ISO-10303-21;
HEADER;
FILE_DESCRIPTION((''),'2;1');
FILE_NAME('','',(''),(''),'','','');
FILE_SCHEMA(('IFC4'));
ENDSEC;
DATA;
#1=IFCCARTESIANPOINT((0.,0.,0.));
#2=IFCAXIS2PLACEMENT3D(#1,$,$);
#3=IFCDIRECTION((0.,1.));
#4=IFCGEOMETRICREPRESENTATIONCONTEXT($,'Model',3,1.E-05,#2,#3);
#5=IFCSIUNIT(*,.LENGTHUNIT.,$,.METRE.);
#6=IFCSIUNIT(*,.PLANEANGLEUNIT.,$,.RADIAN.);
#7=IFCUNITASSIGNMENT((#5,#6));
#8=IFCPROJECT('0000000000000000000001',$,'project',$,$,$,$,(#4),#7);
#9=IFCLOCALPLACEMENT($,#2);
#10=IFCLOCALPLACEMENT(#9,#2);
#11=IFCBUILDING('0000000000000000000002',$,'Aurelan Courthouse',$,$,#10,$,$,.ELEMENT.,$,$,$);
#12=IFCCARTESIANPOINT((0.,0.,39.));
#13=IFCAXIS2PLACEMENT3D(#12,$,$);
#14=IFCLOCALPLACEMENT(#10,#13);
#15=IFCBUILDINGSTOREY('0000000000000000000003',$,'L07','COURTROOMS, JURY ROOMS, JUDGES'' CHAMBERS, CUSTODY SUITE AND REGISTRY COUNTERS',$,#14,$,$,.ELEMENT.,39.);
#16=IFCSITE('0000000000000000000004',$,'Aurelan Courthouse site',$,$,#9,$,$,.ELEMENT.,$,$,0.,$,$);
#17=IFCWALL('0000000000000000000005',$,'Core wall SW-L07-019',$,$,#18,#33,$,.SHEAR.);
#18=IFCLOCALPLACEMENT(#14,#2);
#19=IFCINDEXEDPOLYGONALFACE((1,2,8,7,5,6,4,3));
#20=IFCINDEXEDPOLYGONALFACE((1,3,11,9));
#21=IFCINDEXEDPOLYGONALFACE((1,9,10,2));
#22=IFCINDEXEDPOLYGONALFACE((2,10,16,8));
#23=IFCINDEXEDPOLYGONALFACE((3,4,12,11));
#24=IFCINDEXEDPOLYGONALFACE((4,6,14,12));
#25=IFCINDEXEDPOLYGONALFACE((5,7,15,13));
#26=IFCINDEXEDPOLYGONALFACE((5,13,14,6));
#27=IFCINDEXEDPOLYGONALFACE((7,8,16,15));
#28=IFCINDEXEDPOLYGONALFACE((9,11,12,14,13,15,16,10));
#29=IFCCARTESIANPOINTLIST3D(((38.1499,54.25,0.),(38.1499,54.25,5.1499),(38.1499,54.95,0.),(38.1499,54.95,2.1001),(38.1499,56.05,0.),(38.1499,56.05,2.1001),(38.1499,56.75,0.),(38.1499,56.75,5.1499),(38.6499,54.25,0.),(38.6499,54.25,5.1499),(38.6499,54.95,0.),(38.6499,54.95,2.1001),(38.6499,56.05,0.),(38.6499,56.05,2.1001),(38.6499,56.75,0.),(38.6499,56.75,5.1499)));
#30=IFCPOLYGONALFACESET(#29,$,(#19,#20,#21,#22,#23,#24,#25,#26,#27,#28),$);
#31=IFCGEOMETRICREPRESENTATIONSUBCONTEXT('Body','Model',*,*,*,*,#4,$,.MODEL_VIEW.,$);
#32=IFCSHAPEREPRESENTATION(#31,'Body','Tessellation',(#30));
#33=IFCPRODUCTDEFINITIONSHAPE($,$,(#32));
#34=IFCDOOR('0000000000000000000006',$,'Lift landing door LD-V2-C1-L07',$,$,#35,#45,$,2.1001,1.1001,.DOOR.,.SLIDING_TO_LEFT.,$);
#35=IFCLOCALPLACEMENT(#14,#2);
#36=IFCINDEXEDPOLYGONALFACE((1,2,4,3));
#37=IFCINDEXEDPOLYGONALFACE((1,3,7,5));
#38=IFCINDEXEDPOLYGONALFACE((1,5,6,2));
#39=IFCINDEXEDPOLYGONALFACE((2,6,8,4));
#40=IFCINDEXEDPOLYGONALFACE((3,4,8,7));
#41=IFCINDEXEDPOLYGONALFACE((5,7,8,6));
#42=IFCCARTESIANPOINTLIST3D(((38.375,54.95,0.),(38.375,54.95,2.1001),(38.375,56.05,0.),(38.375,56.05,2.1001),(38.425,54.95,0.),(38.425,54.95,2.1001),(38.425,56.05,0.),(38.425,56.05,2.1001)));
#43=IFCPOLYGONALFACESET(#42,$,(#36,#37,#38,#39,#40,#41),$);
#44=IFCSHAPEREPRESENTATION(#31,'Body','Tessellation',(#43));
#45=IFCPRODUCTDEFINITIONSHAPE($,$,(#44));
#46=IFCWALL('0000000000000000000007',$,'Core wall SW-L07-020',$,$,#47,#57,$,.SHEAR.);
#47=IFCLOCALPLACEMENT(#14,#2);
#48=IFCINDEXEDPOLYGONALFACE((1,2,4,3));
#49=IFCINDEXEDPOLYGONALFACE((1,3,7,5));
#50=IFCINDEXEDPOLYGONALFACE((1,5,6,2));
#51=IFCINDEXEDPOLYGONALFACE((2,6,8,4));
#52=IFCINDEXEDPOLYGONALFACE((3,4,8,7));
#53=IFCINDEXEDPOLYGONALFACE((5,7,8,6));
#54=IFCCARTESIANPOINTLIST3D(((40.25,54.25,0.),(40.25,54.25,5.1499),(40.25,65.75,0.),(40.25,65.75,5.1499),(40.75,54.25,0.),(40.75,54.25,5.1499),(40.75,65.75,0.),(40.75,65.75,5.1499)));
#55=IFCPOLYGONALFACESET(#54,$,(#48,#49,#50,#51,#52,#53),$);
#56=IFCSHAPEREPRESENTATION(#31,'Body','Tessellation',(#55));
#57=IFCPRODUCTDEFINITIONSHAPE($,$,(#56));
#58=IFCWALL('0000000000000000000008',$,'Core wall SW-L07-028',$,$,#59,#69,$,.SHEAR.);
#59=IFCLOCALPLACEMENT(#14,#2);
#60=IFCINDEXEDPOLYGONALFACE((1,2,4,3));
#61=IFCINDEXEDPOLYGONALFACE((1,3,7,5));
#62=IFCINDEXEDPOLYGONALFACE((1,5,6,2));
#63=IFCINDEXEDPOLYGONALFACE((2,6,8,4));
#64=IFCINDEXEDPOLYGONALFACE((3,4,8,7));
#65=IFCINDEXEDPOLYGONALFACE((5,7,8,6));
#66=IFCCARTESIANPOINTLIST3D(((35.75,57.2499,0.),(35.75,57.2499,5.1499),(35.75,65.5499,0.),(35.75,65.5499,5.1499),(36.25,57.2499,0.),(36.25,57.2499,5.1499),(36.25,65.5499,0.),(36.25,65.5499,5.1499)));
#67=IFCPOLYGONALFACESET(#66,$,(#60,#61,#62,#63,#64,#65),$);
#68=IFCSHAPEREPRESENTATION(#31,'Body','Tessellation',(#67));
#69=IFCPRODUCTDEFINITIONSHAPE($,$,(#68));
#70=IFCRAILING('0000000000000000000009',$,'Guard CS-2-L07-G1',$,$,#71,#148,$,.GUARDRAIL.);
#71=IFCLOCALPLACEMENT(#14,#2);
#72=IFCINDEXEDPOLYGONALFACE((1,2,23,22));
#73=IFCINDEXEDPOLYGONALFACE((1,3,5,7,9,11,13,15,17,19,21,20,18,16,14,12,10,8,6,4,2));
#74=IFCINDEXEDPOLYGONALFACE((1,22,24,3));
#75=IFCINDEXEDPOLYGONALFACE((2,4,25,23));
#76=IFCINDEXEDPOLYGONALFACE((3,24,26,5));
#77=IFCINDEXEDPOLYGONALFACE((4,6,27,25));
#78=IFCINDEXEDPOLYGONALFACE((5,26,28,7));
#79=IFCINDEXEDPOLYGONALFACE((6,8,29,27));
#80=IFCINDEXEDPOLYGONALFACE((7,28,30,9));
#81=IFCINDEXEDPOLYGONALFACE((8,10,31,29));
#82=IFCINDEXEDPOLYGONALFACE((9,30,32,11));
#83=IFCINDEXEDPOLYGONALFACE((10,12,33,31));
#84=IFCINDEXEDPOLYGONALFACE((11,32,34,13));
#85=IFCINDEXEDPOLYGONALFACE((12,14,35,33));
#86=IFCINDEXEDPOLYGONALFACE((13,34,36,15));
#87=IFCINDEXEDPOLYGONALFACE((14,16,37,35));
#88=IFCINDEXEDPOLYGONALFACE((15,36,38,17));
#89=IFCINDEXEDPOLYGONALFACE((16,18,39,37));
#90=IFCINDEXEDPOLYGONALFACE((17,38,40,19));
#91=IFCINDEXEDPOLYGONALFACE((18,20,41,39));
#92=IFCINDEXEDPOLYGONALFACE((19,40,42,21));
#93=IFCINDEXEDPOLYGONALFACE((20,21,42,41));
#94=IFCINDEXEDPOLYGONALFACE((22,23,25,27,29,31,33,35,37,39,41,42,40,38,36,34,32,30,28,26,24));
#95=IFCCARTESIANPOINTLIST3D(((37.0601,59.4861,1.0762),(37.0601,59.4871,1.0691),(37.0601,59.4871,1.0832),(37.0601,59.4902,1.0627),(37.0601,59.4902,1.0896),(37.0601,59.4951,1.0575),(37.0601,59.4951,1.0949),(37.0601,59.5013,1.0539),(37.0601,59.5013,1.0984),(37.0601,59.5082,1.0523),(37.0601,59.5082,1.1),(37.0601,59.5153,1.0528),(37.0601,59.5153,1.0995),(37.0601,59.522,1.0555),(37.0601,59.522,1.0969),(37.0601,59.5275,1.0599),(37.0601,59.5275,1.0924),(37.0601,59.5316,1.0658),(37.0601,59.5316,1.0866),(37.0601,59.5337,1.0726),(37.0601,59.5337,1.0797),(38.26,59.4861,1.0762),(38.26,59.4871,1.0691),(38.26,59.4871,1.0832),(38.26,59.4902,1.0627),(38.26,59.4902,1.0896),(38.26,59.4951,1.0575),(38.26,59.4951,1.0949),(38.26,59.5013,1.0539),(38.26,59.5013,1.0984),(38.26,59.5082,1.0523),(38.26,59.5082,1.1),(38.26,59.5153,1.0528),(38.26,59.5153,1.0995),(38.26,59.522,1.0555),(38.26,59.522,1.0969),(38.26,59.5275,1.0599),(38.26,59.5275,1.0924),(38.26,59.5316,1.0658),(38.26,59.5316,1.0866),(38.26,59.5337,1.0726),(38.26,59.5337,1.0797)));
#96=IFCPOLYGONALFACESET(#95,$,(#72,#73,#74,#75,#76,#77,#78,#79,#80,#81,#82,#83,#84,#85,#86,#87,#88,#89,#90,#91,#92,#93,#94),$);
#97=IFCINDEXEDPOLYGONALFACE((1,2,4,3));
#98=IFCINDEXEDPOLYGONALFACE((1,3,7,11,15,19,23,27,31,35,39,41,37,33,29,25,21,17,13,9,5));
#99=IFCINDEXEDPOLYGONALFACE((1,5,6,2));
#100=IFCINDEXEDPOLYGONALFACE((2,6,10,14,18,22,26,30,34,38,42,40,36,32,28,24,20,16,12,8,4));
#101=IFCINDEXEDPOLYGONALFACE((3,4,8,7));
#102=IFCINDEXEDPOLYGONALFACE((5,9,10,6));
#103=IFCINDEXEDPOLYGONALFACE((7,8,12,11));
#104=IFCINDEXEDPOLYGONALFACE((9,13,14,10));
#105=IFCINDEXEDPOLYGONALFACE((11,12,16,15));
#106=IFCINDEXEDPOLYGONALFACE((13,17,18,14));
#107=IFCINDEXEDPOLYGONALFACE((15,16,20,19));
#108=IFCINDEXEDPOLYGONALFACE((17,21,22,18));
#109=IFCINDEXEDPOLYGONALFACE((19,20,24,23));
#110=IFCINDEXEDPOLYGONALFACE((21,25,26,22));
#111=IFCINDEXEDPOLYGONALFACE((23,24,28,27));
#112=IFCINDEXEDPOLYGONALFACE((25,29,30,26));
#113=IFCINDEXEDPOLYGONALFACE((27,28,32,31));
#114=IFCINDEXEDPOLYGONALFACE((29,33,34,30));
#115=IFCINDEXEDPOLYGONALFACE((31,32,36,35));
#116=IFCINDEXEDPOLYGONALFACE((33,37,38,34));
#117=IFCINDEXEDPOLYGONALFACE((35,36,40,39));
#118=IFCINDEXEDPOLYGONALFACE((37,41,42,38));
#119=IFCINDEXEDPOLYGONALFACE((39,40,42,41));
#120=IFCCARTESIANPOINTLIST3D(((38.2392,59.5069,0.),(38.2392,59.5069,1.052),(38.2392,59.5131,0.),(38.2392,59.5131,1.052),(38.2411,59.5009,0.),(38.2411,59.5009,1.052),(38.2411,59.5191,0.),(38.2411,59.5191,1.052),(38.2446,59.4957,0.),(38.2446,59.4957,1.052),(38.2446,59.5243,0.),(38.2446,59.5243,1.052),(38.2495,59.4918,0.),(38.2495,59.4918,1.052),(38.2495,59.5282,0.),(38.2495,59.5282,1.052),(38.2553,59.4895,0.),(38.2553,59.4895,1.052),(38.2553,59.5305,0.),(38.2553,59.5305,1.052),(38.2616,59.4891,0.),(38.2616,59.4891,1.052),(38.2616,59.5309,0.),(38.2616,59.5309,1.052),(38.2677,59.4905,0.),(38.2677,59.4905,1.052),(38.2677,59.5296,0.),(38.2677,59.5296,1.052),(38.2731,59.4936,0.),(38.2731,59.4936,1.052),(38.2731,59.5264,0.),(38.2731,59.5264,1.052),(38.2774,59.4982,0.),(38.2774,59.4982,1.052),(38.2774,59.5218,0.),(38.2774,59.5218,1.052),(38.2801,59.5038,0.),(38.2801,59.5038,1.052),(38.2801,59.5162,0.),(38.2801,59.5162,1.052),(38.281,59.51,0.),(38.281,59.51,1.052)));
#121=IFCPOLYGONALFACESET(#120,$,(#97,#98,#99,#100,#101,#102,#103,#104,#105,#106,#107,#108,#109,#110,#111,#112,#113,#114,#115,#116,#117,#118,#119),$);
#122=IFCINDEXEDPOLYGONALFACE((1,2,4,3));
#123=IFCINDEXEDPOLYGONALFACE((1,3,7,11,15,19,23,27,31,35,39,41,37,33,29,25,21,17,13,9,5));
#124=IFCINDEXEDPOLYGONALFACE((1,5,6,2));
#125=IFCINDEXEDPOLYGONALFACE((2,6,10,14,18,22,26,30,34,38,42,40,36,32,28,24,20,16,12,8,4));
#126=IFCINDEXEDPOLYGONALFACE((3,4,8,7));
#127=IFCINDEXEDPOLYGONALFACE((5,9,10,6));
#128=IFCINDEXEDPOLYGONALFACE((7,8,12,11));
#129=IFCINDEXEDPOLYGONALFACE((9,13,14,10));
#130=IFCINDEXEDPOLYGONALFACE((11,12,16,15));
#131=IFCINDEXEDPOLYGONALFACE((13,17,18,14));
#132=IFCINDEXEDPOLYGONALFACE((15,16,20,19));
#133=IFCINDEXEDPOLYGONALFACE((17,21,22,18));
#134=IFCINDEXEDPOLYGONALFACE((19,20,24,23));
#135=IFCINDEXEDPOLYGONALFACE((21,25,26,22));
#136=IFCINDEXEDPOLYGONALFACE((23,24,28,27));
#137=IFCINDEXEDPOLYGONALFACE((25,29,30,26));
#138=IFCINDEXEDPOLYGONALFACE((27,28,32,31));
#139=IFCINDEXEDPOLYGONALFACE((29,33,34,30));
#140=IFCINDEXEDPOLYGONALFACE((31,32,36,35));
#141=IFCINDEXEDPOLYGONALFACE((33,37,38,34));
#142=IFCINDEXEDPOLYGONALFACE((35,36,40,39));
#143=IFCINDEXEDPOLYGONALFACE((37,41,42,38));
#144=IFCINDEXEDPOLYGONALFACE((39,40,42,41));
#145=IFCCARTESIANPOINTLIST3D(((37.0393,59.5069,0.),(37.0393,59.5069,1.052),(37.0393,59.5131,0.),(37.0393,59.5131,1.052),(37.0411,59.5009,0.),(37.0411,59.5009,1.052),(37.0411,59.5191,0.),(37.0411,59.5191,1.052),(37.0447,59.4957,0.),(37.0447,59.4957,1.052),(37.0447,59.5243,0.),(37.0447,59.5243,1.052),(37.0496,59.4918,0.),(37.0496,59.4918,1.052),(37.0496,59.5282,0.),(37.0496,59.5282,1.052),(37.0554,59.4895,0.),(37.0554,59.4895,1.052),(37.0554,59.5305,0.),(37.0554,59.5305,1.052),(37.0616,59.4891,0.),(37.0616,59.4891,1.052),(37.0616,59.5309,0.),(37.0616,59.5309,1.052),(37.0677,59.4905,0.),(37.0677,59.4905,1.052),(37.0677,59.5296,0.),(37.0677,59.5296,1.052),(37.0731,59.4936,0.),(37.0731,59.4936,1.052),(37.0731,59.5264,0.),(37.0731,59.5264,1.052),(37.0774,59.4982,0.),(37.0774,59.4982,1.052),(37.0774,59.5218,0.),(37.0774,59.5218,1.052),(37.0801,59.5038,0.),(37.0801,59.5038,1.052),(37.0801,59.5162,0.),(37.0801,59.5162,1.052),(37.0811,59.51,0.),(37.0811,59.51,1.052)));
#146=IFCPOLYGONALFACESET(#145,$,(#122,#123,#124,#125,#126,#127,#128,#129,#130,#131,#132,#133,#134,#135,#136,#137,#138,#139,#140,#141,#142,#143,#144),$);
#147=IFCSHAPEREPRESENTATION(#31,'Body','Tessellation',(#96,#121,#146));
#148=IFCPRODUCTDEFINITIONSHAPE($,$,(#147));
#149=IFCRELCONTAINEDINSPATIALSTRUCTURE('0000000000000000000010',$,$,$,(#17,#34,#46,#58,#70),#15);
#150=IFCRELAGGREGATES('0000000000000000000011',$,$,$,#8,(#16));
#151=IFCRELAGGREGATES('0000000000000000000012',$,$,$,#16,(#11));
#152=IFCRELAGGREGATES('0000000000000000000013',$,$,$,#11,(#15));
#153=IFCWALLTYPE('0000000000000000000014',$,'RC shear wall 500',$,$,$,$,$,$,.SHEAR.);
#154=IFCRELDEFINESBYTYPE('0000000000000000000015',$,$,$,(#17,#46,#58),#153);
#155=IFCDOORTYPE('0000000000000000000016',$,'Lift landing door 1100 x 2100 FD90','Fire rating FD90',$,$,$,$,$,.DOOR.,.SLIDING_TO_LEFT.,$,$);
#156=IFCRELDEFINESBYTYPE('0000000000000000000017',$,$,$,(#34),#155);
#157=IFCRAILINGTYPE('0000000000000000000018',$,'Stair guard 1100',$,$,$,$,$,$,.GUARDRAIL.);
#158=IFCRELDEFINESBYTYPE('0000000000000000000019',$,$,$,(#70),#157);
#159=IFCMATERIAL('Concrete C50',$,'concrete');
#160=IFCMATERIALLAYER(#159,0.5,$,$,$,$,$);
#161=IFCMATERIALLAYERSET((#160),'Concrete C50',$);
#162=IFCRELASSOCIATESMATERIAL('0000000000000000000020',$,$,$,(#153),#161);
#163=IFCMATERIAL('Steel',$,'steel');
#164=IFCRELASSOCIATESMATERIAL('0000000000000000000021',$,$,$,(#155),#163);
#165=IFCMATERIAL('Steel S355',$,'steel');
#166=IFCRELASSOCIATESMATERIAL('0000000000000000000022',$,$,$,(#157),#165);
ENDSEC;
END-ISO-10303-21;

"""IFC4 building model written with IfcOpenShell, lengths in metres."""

from ifc_helpers import new_model, si_unit, direction, frame, frame_2d, origin, origin_2d, place, context, subcontext, project, spatial, rectangle, circle, extrude, material, layer, layer_set, type_object, element, fill, save


model = new_model("IFC4")

# Units and contexts
model_context = context("Model", 3, precision=1e-05, world=origin(), true_north=direction((0.0, 1.0)))
body_context = subcontext(model_context, "Body", "Model", "MODEL_VIEW")
ifc_project = project(units=[si_unit("LENGTHUNIT", "METRE"), si_unit("PLANEANGLEUNIT", "RADIAN")], contexts=[model_context])

# Site, building, storey
site_placement = place(None, origin())
site = spatial("IfcSite", under=ifc_project, at=site_placement, Name="Aurelan Courthouse site", CompositionType="ELEMENT", RefElevation=0.0)
building_placement = place(site_placement, origin())
building = spatial("IfcBuilding", under=site, at=building_placement, Name="Aurelan Courthouse", CompositionType="ELEMENT")
storey_placement = place(building_placement, frame((0.0, 0.0, 39.0)))
storey = spatial("IfcBuildingStorey", under=building, at=storey_placement, Name="L07", Description="COURTROOMS, JURY ROOMS, JUDGES' CHAMBERS, CUSTODY SUITE AND REGISTRY COUNTERS", CompositionType="ELEMENT", Elevation=39.0)

# Shared definitions
ifc_material_1 = material(Name="Concrete C50", Category="concrete")

# Shared definitions
ifc_material_2 = material(Name="Steel", Category="steel")

# Shared definitions
ifc_layer_1 = layer(ifc_material_1, 0.5)
ifc_layer_set_1 = layer_set([ifc_layer_1], Name="Concrete C50")
wall_type_1 = type_object("IfcWallType", Name="RC shear wall 500", PredefinedType="SHEAR", material=ifc_layer_set_1)

# Wall, opening, door
wall_1_placement = place(storey_placement, frame((38.3999, 54.25, 0.0), z_axis=(0.0, 0.0, 1.0), x_axis=(0.0, 1.0, 0.0)))
wall_1 = element("IfcWall", 1, at=wall_1_placement, inside=storey, type_object=wall_type_1, Name="Core wall SW-L07-019", PredefinedType="SHEAR", context=body_context, shape_type="SweptSolid", body=[
    extrude(rectangle(XDim=2.5, YDim=0.5, at=frame_2d((1.25, 0.0))), origin(), (0.0, 0.0, 1.0), 5.1499),
])
opening_1_placement = place(wall_1_placement, frame((0.7, 0.0, 0.0)))
opening_1 = element("IfcOpeningElement", 2, at=opening_1_placement, cuts=wall_1, PredefinedType="OPENING", context=body_context, shape_type="SweptSolid", body=[
    extrude(rectangle(XDim=1.1001, YDim=2.1001, at=frame_2d((0.55, 1.05))), frame((0.0, 0.26, 0.0), z_axis=(0.0, -1.0, 0.0), x_axis=(1.0, 0.0, 0.0)), (0.0, 0.0, 1.0), 0.52),
])
door_type_1 = type_object("IfcDoorType", Name="Lift landing door 1100 x 2100 FD90", Description="Fire rating FD90", OperationType="SLIDING_TO_LEFT", PredefinedType="DOOR", material=ifc_material_2)
door_1_placement = place(opening_1_placement, origin())
door_1 = element("IfcDoor", 3, at=door_1_placement, inside=storey, type_object=door_type_1, Name="Lift landing door LD-V2-C1-L07", OperationType="SLIDING_TO_LEFT", OverallHeight=2.1001, OverallWidth=1.1001, PredefinedType="DOOR", context=body_context, shape_type="SweptSolid", body=[
    extrude(rectangle(XDim=1.1001, YDim=2.1001, at=frame_2d((0.55, 1.05))), frame((0.0, 0.0249, 0.0), z_axis=(0.0, -1.0, 0.0), x_axis=(1.0, 0.0, 0.0)), (0.0, 0.0, 1.0), 0.05),
])
fill(opening_1, door_1)

# Walls
wall_2_placement = place(storey_placement, frame((40.5, 54.25, 0.0), z_axis=(0.0, 0.0, 1.0), x_axis=(0.0, 1.0, 0.0)))
element("IfcWall", 4, at=wall_2_placement, inside=storey, type_object=wall_type_1, Name="Core wall SW-L07-020", PredefinedType="SHEAR", context=body_context, shape_type="SweptSolid", body=[
    extrude(rectangle(XDim=11.5, YDim=0.5, at=frame_2d((5.75, 0.0))), origin(), (0.0, 0.0, 1.0), 5.1499),
])
wall_3_placement = place(storey_placement, frame((36.0, 57.25, 0.0), z_axis=(0.0, 0.0, 1.0), x_axis=(0.0, 1.0, 0.0)))
element("IfcWall", 5, at=wall_3_placement, inside=storey, type_object=wall_type_1, Name="Core wall SW-L07-028", PredefinedType="SHEAR", context=body_context, shape_type="SweptSolid", body=[
    extrude(rectangle(XDim=8.3, YDim=0.5, at=frame_2d((4.1499, 0.0))), origin(), (0.0, 0.0, 1.0), 5.1499),
])

# Railing
ifc_material_3 = material(Name="Steel S355", Category="steel")
railing_type = type_object("IfcRailingType", Name="Stair guard 1100", PredefinedType="GUARDRAIL", material=ifc_material_3)
railing_1_placement = place(storey_placement, frame((38.26, 59.51, 0.0)))
element("IfcRailing", 6, at=railing_1_placement, inside=storey, type_object=railing_type, Name="Guard CS-2-L07-G1", PredefinedType="GUARDRAIL", context=body_context, shape_type="SweptSolid", body=[
    extrude(circle(Radius=0.0239, at=origin_2d()), frame((0.0, 0.0, 1.0762), z_axis=(-1.0, 0.0, 0.0), x_axis=(0.0, -1.0, 0.0)), (0.0, 0.0, 1.0), 1.2),
    extrude(circle(Radius=0.021, at=origin_2d()), origin(), (0.0, 0.0, 1.0), 1.052),
    extrude(circle(Radius=0.021, at=origin_2d()), frame((-1.2, 0.0, 0.0)), (0.0, 0.0, 1.0), 1.052),
])

save(model, "model.ifc")
